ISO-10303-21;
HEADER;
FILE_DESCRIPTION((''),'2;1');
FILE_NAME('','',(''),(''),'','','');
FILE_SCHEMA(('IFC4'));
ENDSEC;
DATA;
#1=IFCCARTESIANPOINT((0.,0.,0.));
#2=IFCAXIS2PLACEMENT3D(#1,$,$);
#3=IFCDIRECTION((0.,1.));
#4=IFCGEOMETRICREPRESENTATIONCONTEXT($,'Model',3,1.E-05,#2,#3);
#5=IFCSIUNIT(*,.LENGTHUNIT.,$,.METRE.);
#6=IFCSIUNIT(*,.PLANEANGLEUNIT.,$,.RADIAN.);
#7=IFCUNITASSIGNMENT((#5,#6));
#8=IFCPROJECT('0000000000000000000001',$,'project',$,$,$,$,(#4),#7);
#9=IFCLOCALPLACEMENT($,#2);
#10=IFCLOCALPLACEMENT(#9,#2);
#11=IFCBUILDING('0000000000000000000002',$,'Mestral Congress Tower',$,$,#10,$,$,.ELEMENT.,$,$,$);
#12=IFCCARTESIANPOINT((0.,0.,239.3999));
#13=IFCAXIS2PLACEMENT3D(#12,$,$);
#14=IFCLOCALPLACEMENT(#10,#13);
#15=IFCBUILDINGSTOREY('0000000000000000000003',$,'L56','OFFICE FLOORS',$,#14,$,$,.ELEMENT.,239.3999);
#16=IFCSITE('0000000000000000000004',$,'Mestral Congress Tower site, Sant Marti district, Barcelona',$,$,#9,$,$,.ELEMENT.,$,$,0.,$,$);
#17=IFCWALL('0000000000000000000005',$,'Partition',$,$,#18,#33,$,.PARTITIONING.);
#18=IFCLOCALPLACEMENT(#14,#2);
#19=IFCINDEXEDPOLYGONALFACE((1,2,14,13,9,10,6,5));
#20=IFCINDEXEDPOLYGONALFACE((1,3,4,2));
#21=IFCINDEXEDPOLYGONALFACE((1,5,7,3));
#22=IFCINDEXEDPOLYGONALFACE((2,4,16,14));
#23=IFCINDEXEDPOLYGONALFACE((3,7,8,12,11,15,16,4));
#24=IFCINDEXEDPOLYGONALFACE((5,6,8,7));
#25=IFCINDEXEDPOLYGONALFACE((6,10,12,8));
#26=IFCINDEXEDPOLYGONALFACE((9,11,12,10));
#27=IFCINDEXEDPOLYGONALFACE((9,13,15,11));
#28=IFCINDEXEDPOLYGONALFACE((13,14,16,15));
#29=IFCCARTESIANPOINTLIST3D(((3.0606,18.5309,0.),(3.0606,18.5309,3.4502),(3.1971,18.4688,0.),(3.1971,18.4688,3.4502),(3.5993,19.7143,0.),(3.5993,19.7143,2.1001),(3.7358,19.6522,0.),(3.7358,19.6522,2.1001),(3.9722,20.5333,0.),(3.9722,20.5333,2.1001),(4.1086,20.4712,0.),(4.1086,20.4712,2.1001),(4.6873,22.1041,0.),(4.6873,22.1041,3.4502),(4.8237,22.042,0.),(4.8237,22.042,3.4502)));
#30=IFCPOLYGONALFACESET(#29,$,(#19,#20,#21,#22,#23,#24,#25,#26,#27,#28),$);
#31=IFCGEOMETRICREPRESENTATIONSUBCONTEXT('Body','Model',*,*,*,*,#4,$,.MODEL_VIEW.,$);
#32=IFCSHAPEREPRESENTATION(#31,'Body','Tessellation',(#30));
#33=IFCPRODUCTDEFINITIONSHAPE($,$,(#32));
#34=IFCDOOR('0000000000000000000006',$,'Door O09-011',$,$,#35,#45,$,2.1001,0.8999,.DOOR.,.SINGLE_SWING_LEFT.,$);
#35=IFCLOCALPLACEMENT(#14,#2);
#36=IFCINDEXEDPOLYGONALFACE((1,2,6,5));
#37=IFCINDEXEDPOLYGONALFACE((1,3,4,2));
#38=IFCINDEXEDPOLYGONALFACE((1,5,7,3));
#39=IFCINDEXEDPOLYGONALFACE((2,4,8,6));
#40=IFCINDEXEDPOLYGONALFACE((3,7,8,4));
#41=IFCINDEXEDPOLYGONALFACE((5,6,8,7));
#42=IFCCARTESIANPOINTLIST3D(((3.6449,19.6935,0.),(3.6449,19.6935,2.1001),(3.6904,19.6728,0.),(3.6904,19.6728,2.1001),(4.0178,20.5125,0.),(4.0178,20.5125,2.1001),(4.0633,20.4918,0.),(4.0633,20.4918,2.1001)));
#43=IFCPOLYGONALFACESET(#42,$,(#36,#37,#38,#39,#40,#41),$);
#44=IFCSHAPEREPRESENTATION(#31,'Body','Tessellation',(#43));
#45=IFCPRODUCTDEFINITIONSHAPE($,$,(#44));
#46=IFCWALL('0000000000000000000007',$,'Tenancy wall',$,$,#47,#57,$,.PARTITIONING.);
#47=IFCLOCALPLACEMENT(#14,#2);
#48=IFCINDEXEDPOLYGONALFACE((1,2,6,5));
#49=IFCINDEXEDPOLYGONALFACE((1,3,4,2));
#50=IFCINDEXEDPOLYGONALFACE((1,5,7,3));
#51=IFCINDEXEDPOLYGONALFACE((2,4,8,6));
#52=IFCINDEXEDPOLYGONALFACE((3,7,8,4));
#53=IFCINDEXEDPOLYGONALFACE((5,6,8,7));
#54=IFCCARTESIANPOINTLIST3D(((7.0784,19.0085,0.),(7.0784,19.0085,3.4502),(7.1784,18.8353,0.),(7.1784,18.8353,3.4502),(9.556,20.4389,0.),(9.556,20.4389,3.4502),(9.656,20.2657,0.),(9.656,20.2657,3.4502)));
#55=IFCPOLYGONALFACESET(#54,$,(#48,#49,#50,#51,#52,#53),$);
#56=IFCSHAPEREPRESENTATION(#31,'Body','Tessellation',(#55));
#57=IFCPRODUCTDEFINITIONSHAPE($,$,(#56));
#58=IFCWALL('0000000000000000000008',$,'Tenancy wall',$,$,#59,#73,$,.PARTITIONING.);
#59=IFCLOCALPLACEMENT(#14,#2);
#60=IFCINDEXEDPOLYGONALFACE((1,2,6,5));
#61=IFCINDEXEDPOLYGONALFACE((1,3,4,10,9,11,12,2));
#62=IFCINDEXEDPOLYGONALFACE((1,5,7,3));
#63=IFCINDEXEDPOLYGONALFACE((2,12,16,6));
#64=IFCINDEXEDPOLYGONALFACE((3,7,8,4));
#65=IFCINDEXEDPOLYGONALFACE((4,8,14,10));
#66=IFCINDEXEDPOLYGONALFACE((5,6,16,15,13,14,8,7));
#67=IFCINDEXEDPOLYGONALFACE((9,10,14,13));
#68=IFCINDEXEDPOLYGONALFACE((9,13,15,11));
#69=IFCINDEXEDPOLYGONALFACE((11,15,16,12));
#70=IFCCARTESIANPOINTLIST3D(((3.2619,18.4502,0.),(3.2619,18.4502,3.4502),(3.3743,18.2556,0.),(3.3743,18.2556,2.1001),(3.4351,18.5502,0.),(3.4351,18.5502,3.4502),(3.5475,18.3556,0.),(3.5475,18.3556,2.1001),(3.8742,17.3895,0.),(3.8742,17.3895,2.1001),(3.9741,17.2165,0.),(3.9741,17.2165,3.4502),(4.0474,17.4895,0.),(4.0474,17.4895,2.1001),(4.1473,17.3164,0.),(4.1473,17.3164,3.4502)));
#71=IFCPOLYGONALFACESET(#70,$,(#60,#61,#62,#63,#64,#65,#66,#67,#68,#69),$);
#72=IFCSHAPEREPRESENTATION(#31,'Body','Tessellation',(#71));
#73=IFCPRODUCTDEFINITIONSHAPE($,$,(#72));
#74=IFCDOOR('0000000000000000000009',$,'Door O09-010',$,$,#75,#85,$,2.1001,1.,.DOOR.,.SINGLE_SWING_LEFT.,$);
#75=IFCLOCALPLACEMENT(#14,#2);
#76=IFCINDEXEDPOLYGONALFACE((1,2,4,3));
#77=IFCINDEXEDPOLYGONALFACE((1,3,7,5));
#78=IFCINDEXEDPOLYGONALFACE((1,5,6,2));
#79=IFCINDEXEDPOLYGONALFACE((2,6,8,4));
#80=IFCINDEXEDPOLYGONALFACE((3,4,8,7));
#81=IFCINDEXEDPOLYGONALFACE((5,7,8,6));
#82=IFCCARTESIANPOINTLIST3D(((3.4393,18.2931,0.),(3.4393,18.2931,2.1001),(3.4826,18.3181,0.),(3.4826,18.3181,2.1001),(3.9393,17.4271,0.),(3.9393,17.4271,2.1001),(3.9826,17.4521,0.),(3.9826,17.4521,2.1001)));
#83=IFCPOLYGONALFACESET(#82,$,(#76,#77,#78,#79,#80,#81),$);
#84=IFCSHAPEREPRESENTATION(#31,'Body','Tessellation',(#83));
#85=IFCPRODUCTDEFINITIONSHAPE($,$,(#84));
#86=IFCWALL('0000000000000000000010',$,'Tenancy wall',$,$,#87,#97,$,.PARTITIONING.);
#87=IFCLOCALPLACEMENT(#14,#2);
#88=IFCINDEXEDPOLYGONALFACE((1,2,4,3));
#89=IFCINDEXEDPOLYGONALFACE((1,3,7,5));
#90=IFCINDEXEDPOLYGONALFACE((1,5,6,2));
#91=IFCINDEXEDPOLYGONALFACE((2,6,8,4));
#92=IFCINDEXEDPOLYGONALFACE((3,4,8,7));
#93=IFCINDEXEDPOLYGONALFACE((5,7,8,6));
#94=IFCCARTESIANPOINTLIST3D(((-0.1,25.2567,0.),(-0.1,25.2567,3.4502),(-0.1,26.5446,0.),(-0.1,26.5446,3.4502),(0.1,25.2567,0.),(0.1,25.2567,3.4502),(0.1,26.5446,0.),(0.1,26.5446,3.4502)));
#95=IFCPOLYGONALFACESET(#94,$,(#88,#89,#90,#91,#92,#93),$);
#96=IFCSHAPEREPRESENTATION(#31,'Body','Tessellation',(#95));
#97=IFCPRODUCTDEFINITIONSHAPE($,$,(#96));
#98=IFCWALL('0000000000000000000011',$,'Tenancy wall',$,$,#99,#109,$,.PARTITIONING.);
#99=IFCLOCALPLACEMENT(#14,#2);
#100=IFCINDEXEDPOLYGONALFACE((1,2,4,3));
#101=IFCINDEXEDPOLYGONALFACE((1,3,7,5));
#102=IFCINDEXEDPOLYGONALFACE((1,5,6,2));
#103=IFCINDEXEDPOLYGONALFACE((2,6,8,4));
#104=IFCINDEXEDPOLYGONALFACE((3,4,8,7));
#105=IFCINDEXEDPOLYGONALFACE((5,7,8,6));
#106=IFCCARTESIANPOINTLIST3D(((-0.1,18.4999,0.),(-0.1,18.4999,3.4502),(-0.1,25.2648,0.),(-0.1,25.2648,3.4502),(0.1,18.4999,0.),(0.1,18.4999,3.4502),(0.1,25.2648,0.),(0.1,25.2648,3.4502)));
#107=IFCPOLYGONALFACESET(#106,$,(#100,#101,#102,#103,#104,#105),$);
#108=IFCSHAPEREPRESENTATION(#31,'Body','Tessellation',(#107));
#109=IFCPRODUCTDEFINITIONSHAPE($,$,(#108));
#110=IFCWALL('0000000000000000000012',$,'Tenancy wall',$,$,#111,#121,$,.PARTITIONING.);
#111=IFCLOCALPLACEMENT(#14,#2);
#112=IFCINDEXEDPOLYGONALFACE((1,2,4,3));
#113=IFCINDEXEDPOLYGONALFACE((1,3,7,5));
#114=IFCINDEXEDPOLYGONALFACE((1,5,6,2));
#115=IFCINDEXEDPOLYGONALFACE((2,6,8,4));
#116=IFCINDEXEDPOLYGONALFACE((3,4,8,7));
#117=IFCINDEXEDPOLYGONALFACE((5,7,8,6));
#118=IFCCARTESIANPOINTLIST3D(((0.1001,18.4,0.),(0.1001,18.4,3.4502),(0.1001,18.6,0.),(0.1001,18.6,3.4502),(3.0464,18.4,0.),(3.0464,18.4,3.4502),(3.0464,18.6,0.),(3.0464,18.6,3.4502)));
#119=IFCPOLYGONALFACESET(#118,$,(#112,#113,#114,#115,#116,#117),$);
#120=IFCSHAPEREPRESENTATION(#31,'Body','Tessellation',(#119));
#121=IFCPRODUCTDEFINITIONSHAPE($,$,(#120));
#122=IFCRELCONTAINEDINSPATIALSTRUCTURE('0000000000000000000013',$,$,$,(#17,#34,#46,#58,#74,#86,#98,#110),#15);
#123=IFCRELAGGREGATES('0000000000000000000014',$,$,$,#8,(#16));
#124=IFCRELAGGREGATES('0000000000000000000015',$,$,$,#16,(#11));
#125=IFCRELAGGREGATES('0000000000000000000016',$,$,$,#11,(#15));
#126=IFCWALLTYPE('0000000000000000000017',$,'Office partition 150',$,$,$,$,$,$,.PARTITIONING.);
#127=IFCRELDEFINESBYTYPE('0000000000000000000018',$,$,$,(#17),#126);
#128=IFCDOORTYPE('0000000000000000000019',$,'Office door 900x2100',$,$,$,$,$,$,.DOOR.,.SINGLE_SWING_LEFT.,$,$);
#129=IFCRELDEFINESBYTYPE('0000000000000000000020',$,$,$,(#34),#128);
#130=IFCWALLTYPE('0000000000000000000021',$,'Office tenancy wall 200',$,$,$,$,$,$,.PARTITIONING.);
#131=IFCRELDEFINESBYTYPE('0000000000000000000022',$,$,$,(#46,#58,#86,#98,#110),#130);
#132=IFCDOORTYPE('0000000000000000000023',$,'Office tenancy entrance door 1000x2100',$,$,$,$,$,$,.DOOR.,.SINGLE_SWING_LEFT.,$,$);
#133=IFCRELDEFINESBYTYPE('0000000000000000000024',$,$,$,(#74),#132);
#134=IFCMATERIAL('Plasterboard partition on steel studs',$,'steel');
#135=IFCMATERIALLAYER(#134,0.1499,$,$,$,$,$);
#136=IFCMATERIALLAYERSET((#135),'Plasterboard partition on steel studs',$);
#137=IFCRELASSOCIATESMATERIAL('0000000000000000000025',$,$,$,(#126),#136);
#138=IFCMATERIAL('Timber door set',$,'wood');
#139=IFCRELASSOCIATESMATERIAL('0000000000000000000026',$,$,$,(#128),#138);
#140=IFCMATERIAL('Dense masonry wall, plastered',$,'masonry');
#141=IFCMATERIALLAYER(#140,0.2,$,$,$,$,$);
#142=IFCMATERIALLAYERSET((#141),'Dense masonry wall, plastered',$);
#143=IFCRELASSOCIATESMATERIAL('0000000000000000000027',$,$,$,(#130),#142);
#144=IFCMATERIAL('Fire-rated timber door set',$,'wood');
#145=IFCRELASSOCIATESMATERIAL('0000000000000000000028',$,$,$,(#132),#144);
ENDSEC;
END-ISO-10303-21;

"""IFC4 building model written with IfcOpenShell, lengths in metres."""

from ifc_helpers import new_model, si_unit, direction, frame, frame_2d, origin, place, context, subcontext, project, spatial, rectangle, extrude, material, layer, layer_set, type_object, element, fill, save


model = new_model("IFC4")

# Units and contexts
model_context = context("Model", 3, precision=1e-05, world=origin(), true_north=direction((0.0, 1.0)))
body_context = subcontext(model_context, "Body", "Model", "MODEL_VIEW")
ifc_project = project(units=[si_unit("LENGTHUNIT", "METRE"), si_unit("PLANEANGLEUNIT", "RADIAN")], contexts=[model_context])

# Site, building, storey
site_placement = place(None, origin())
site = spatial("IfcSite", under=ifc_project, at=site_placement, Name="Mestral Congress Tower site, Sant Marti district, Barcelona", CompositionType="ELEMENT", RefElevation=0.0)
building_placement = place(site_placement, origin())
building = spatial("IfcBuilding", under=site, at=building_placement, Name="Mestral Congress Tower", CompositionType="ELEMENT")
storey_placement = place(building_placement, frame((0.0, 0.0, 239.3999)))
storey = spatial("IfcBuildingStorey", under=building, at=storey_placement, Name="L56", Description="OFFICE FLOORS", CompositionType="ELEMENT", Elevation=239.3999)

# Shared definitions
ifc_material_1 = material(Name="Plasterboard partition on steel studs", Category="steel")
ifc_layer_1 = layer(ifc_material_1, 0.1499)
ifc_layer_set_1 = layer_set([ifc_layer_1], Name="Plasterboard partition on steel studs")
wall_type_1 = type_object("IfcWallType", Name="Office partition 150", PredefinedType="PARTITIONING", material=ifc_layer_set_1)
ifc_material_2 = material(Name="Timber door set", Category="wood")
door_type_1 = type_object("IfcDoorType", Name="Office door 900x2100", OperationType="SINGLE_SWING_LEFT", PredefinedType="DOOR", material=ifc_material_2)

# Wall, opening, door
wall_1_placement = place(storey_placement, frame((3.1289, 18.5, 0.0), z_axis=(0.0, 0.0, 1.0), x_axis=(0.414332, 0.910126, 0.0)))
wall_1 = element("IfcWall", 1, at=wall_1_placement, inside=storey, type_object=wall_type_1, Name="Partition", PredefinedType="PARTITIONING", context=body_context, shape_type="SweptSolid", body=[
    extrude(rectangle(XDim=3.926, YDim=0.1499, at=frame_2d((1.9629, 0.0))), origin(), (0.0, 0.0, 1.0), 3.4502),
])
opening_1_placement = place(wall_1_placement, frame((1.3, 0.0, 0.0)))
opening_1 = element("IfcOpeningElement", 2, at=opening_1_placement, cuts=wall_1, PredefinedType="OPENING", context=body_context, shape_type="SweptSolid", body=[
    extrude(rectangle(XDim=0.8999, YDim=2.1001, at=frame_2d((0.45, 1.05))), frame((0.0, 0.085, 0.0), z_axis=(0.0, -1.0, 0.0), x_axis=(1.0, 0.0, 0.0)), (0.0, 0.0, 1.0), 0.1699),
])
door_1_placement = place(opening_1_placement, origin())
door_1 = element("IfcDoor", 3, at=door_1_placement, inside=storey, type_object=door_type_1, Name="Door O09-011", OperationType="SINGLE_SWING_LEFT", OverallHeight=2.1001, OverallWidth=0.8999, PredefinedType="DOOR", context=body_context, shape_type="SweptSolid", body=[
    extrude(rectangle(XDim=0.8999, YDim=2.1001, at=frame_2d((0.45, 1.05))), frame((0.0, 0.0249, 0.0), z_axis=(0.0, -1.0, 0.0), x_axis=(1.0, 0.0, 0.0)), (0.0, 0.0, 1.0), 0.05),
])
fill(opening_1, door_1)

# Wall
ifc_material_3 = material(Name="Dense masonry wall, plastered", Category="masonry")
ifc_layer_2 = layer(ifc_material_3, 0.2)
ifc_layer_set_2 = layer_set([ifc_layer_2], Name="Dense masonry wall, plastered")
wall_type_2 = type_object("IfcWallType", Name="Office tenancy wall 200", PredefinedType="PARTITIONING", material=ifc_layer_set_2)
wall_2_placement = place(storey_placement, frame((7.1284, 18.9219, 0.0), z_axis=(0.0, 0.0, 1.0), x_axis=(0.866024, 0.500003, 0.0)))
element("IfcWall", 4, at=wall_2_placement, inside=storey, type_object=wall_type_2, Name="Tenancy wall", PredefinedType="PARTITIONING", context=body_context, shape_type="SweptSolid", body=[
    extrude(rectangle(XDim=2.8608, YDim=0.2, at=frame_2d((1.4304, 0.0))), origin(), (0.0, 0.0, 1.0), 3.4502),
])

# Wall, opening, door
wall_3_placement = place(storey_placement, frame((4.0608, 17.2664, 0.0), z_axis=(0.0, 0.0, 1.0), x_axis=(-0.499955, 0.866051, 0.0)))
wall_3 = element("IfcWall", 5, at=wall_3_placement, inside=storey, type_object=wall_type_2, Name="Tenancy wall", PredefinedType="PARTITIONING", context=body_context, shape_type="SweptSolid", body=[
    extrude(rectangle(XDim=1.4246, YDim=0.2, at=frame_2d((0.7124, 0.0))), origin(), (0.0, 0.0, 1.0), 3.4502),
])
opening_2_placement = place(wall_3_placement, frame((0.2, 0.0, 0.0)))
opening_2 = element("IfcOpeningElement", 6, at=opening_2_placement, cuts=wall_3, PredefinedType="OPENING", context=body_context, shape_type="SweptSolid", body=[
    extrude(rectangle(XDim=1.0, YDim=2.1001, at=frame_2d((0.5, 1.05))), frame((0.0, 0.1099, 0.0), z_axis=(0.0, -1.0, 0.0), x_axis=(1.0, 0.0, 0.0)), (0.0, 0.0, 1.0), 0.22),
])
ifc_material_4 = material(Name="Fire-rated timber door set", Category="wood")
door_type_2 = type_object("IfcDoorType", Name="Office tenancy entrance door 1000x2100", OperationType="SINGLE_SWING_LEFT", PredefinedType="DOOR", material=ifc_material_4)
door_2_placement = place(opening_2_placement, origin())
door_2 = element("IfcDoor", 7, at=door_2_placement, inside=storey, type_object=door_type_2, Name="Door O09-010", OperationType="SINGLE_SWING_LEFT", OverallHeight=2.1001, OverallWidth=1.0, PredefinedType="DOOR", context=body_context, shape_type="SweptSolid", body=[
    extrude(rectangle(XDim=1.0, YDim=2.1001, at=frame_2d((0.5, 1.05))), frame((0.0, 0.0249, 0.0), z_axis=(0.0, -1.0, 0.0), x_axis=(1.0, 0.0, 0.0)), (0.0, 0.0, 1.0), 0.05),
])
fill(opening_2, door_2)

# Walls
wall_4_placement = place(storey_placement, frame((0.0, 25.2566, 0.0), z_axis=(0.0, 0.0, 1.0), x_axis=(0.0, 1.0, 0.0)))
element("IfcWall", 8, at=wall_4_placement, inside=storey, type_object=wall_type_2, Name="Tenancy wall", PredefinedType="PARTITIONING", context=body_context, shape_type="SweptSolid", body=[
    extrude(rectangle(XDim=1.2878, YDim=0.2, at=frame_2d((0.644, 0.0))), origin(), (0.0, 0.0, 1.0), 3.4502),
])
wall_5_placement = place(storey_placement, frame((0.0, 18.5, 0.0), z_axis=(0.0, 0.0, 1.0), x_axis=(0.0, 1.0, 0.0)))
element("IfcWall", 9, at=wall_5_placement, inside=storey, type_object=wall_type_2, Name="Tenancy wall", PredefinedType="PARTITIONING", context=body_context, shape_type="SweptSolid", body=[
    extrude(rectangle(XDim=6.7649, YDim=0.2, at=frame_2d((3.3823, 0.0))), origin(), (0.0, 0.0, 1.0), 3.4502),
])
wall_6_placement = place(storey_placement, frame((3.0464, 18.5, 0.0), z_axis=(0.0, 0.0, 1.0), x_axis=(-1.0, 0.0, 0.0)))
element("IfcWall", 10, at=wall_6_placement, inside=storey, type_object=wall_type_2, Name="Tenancy wall", PredefinedType="PARTITIONING", context=body_context, shape_type="SweptSolid", body=[
    extrude(rectangle(XDim=2.9463, YDim=0.2, at=frame_2d((1.4731, 0.0))), origin(), (0.0, 0.0, 1.0), 3.4502),
])

save(model, "model.ifc")
